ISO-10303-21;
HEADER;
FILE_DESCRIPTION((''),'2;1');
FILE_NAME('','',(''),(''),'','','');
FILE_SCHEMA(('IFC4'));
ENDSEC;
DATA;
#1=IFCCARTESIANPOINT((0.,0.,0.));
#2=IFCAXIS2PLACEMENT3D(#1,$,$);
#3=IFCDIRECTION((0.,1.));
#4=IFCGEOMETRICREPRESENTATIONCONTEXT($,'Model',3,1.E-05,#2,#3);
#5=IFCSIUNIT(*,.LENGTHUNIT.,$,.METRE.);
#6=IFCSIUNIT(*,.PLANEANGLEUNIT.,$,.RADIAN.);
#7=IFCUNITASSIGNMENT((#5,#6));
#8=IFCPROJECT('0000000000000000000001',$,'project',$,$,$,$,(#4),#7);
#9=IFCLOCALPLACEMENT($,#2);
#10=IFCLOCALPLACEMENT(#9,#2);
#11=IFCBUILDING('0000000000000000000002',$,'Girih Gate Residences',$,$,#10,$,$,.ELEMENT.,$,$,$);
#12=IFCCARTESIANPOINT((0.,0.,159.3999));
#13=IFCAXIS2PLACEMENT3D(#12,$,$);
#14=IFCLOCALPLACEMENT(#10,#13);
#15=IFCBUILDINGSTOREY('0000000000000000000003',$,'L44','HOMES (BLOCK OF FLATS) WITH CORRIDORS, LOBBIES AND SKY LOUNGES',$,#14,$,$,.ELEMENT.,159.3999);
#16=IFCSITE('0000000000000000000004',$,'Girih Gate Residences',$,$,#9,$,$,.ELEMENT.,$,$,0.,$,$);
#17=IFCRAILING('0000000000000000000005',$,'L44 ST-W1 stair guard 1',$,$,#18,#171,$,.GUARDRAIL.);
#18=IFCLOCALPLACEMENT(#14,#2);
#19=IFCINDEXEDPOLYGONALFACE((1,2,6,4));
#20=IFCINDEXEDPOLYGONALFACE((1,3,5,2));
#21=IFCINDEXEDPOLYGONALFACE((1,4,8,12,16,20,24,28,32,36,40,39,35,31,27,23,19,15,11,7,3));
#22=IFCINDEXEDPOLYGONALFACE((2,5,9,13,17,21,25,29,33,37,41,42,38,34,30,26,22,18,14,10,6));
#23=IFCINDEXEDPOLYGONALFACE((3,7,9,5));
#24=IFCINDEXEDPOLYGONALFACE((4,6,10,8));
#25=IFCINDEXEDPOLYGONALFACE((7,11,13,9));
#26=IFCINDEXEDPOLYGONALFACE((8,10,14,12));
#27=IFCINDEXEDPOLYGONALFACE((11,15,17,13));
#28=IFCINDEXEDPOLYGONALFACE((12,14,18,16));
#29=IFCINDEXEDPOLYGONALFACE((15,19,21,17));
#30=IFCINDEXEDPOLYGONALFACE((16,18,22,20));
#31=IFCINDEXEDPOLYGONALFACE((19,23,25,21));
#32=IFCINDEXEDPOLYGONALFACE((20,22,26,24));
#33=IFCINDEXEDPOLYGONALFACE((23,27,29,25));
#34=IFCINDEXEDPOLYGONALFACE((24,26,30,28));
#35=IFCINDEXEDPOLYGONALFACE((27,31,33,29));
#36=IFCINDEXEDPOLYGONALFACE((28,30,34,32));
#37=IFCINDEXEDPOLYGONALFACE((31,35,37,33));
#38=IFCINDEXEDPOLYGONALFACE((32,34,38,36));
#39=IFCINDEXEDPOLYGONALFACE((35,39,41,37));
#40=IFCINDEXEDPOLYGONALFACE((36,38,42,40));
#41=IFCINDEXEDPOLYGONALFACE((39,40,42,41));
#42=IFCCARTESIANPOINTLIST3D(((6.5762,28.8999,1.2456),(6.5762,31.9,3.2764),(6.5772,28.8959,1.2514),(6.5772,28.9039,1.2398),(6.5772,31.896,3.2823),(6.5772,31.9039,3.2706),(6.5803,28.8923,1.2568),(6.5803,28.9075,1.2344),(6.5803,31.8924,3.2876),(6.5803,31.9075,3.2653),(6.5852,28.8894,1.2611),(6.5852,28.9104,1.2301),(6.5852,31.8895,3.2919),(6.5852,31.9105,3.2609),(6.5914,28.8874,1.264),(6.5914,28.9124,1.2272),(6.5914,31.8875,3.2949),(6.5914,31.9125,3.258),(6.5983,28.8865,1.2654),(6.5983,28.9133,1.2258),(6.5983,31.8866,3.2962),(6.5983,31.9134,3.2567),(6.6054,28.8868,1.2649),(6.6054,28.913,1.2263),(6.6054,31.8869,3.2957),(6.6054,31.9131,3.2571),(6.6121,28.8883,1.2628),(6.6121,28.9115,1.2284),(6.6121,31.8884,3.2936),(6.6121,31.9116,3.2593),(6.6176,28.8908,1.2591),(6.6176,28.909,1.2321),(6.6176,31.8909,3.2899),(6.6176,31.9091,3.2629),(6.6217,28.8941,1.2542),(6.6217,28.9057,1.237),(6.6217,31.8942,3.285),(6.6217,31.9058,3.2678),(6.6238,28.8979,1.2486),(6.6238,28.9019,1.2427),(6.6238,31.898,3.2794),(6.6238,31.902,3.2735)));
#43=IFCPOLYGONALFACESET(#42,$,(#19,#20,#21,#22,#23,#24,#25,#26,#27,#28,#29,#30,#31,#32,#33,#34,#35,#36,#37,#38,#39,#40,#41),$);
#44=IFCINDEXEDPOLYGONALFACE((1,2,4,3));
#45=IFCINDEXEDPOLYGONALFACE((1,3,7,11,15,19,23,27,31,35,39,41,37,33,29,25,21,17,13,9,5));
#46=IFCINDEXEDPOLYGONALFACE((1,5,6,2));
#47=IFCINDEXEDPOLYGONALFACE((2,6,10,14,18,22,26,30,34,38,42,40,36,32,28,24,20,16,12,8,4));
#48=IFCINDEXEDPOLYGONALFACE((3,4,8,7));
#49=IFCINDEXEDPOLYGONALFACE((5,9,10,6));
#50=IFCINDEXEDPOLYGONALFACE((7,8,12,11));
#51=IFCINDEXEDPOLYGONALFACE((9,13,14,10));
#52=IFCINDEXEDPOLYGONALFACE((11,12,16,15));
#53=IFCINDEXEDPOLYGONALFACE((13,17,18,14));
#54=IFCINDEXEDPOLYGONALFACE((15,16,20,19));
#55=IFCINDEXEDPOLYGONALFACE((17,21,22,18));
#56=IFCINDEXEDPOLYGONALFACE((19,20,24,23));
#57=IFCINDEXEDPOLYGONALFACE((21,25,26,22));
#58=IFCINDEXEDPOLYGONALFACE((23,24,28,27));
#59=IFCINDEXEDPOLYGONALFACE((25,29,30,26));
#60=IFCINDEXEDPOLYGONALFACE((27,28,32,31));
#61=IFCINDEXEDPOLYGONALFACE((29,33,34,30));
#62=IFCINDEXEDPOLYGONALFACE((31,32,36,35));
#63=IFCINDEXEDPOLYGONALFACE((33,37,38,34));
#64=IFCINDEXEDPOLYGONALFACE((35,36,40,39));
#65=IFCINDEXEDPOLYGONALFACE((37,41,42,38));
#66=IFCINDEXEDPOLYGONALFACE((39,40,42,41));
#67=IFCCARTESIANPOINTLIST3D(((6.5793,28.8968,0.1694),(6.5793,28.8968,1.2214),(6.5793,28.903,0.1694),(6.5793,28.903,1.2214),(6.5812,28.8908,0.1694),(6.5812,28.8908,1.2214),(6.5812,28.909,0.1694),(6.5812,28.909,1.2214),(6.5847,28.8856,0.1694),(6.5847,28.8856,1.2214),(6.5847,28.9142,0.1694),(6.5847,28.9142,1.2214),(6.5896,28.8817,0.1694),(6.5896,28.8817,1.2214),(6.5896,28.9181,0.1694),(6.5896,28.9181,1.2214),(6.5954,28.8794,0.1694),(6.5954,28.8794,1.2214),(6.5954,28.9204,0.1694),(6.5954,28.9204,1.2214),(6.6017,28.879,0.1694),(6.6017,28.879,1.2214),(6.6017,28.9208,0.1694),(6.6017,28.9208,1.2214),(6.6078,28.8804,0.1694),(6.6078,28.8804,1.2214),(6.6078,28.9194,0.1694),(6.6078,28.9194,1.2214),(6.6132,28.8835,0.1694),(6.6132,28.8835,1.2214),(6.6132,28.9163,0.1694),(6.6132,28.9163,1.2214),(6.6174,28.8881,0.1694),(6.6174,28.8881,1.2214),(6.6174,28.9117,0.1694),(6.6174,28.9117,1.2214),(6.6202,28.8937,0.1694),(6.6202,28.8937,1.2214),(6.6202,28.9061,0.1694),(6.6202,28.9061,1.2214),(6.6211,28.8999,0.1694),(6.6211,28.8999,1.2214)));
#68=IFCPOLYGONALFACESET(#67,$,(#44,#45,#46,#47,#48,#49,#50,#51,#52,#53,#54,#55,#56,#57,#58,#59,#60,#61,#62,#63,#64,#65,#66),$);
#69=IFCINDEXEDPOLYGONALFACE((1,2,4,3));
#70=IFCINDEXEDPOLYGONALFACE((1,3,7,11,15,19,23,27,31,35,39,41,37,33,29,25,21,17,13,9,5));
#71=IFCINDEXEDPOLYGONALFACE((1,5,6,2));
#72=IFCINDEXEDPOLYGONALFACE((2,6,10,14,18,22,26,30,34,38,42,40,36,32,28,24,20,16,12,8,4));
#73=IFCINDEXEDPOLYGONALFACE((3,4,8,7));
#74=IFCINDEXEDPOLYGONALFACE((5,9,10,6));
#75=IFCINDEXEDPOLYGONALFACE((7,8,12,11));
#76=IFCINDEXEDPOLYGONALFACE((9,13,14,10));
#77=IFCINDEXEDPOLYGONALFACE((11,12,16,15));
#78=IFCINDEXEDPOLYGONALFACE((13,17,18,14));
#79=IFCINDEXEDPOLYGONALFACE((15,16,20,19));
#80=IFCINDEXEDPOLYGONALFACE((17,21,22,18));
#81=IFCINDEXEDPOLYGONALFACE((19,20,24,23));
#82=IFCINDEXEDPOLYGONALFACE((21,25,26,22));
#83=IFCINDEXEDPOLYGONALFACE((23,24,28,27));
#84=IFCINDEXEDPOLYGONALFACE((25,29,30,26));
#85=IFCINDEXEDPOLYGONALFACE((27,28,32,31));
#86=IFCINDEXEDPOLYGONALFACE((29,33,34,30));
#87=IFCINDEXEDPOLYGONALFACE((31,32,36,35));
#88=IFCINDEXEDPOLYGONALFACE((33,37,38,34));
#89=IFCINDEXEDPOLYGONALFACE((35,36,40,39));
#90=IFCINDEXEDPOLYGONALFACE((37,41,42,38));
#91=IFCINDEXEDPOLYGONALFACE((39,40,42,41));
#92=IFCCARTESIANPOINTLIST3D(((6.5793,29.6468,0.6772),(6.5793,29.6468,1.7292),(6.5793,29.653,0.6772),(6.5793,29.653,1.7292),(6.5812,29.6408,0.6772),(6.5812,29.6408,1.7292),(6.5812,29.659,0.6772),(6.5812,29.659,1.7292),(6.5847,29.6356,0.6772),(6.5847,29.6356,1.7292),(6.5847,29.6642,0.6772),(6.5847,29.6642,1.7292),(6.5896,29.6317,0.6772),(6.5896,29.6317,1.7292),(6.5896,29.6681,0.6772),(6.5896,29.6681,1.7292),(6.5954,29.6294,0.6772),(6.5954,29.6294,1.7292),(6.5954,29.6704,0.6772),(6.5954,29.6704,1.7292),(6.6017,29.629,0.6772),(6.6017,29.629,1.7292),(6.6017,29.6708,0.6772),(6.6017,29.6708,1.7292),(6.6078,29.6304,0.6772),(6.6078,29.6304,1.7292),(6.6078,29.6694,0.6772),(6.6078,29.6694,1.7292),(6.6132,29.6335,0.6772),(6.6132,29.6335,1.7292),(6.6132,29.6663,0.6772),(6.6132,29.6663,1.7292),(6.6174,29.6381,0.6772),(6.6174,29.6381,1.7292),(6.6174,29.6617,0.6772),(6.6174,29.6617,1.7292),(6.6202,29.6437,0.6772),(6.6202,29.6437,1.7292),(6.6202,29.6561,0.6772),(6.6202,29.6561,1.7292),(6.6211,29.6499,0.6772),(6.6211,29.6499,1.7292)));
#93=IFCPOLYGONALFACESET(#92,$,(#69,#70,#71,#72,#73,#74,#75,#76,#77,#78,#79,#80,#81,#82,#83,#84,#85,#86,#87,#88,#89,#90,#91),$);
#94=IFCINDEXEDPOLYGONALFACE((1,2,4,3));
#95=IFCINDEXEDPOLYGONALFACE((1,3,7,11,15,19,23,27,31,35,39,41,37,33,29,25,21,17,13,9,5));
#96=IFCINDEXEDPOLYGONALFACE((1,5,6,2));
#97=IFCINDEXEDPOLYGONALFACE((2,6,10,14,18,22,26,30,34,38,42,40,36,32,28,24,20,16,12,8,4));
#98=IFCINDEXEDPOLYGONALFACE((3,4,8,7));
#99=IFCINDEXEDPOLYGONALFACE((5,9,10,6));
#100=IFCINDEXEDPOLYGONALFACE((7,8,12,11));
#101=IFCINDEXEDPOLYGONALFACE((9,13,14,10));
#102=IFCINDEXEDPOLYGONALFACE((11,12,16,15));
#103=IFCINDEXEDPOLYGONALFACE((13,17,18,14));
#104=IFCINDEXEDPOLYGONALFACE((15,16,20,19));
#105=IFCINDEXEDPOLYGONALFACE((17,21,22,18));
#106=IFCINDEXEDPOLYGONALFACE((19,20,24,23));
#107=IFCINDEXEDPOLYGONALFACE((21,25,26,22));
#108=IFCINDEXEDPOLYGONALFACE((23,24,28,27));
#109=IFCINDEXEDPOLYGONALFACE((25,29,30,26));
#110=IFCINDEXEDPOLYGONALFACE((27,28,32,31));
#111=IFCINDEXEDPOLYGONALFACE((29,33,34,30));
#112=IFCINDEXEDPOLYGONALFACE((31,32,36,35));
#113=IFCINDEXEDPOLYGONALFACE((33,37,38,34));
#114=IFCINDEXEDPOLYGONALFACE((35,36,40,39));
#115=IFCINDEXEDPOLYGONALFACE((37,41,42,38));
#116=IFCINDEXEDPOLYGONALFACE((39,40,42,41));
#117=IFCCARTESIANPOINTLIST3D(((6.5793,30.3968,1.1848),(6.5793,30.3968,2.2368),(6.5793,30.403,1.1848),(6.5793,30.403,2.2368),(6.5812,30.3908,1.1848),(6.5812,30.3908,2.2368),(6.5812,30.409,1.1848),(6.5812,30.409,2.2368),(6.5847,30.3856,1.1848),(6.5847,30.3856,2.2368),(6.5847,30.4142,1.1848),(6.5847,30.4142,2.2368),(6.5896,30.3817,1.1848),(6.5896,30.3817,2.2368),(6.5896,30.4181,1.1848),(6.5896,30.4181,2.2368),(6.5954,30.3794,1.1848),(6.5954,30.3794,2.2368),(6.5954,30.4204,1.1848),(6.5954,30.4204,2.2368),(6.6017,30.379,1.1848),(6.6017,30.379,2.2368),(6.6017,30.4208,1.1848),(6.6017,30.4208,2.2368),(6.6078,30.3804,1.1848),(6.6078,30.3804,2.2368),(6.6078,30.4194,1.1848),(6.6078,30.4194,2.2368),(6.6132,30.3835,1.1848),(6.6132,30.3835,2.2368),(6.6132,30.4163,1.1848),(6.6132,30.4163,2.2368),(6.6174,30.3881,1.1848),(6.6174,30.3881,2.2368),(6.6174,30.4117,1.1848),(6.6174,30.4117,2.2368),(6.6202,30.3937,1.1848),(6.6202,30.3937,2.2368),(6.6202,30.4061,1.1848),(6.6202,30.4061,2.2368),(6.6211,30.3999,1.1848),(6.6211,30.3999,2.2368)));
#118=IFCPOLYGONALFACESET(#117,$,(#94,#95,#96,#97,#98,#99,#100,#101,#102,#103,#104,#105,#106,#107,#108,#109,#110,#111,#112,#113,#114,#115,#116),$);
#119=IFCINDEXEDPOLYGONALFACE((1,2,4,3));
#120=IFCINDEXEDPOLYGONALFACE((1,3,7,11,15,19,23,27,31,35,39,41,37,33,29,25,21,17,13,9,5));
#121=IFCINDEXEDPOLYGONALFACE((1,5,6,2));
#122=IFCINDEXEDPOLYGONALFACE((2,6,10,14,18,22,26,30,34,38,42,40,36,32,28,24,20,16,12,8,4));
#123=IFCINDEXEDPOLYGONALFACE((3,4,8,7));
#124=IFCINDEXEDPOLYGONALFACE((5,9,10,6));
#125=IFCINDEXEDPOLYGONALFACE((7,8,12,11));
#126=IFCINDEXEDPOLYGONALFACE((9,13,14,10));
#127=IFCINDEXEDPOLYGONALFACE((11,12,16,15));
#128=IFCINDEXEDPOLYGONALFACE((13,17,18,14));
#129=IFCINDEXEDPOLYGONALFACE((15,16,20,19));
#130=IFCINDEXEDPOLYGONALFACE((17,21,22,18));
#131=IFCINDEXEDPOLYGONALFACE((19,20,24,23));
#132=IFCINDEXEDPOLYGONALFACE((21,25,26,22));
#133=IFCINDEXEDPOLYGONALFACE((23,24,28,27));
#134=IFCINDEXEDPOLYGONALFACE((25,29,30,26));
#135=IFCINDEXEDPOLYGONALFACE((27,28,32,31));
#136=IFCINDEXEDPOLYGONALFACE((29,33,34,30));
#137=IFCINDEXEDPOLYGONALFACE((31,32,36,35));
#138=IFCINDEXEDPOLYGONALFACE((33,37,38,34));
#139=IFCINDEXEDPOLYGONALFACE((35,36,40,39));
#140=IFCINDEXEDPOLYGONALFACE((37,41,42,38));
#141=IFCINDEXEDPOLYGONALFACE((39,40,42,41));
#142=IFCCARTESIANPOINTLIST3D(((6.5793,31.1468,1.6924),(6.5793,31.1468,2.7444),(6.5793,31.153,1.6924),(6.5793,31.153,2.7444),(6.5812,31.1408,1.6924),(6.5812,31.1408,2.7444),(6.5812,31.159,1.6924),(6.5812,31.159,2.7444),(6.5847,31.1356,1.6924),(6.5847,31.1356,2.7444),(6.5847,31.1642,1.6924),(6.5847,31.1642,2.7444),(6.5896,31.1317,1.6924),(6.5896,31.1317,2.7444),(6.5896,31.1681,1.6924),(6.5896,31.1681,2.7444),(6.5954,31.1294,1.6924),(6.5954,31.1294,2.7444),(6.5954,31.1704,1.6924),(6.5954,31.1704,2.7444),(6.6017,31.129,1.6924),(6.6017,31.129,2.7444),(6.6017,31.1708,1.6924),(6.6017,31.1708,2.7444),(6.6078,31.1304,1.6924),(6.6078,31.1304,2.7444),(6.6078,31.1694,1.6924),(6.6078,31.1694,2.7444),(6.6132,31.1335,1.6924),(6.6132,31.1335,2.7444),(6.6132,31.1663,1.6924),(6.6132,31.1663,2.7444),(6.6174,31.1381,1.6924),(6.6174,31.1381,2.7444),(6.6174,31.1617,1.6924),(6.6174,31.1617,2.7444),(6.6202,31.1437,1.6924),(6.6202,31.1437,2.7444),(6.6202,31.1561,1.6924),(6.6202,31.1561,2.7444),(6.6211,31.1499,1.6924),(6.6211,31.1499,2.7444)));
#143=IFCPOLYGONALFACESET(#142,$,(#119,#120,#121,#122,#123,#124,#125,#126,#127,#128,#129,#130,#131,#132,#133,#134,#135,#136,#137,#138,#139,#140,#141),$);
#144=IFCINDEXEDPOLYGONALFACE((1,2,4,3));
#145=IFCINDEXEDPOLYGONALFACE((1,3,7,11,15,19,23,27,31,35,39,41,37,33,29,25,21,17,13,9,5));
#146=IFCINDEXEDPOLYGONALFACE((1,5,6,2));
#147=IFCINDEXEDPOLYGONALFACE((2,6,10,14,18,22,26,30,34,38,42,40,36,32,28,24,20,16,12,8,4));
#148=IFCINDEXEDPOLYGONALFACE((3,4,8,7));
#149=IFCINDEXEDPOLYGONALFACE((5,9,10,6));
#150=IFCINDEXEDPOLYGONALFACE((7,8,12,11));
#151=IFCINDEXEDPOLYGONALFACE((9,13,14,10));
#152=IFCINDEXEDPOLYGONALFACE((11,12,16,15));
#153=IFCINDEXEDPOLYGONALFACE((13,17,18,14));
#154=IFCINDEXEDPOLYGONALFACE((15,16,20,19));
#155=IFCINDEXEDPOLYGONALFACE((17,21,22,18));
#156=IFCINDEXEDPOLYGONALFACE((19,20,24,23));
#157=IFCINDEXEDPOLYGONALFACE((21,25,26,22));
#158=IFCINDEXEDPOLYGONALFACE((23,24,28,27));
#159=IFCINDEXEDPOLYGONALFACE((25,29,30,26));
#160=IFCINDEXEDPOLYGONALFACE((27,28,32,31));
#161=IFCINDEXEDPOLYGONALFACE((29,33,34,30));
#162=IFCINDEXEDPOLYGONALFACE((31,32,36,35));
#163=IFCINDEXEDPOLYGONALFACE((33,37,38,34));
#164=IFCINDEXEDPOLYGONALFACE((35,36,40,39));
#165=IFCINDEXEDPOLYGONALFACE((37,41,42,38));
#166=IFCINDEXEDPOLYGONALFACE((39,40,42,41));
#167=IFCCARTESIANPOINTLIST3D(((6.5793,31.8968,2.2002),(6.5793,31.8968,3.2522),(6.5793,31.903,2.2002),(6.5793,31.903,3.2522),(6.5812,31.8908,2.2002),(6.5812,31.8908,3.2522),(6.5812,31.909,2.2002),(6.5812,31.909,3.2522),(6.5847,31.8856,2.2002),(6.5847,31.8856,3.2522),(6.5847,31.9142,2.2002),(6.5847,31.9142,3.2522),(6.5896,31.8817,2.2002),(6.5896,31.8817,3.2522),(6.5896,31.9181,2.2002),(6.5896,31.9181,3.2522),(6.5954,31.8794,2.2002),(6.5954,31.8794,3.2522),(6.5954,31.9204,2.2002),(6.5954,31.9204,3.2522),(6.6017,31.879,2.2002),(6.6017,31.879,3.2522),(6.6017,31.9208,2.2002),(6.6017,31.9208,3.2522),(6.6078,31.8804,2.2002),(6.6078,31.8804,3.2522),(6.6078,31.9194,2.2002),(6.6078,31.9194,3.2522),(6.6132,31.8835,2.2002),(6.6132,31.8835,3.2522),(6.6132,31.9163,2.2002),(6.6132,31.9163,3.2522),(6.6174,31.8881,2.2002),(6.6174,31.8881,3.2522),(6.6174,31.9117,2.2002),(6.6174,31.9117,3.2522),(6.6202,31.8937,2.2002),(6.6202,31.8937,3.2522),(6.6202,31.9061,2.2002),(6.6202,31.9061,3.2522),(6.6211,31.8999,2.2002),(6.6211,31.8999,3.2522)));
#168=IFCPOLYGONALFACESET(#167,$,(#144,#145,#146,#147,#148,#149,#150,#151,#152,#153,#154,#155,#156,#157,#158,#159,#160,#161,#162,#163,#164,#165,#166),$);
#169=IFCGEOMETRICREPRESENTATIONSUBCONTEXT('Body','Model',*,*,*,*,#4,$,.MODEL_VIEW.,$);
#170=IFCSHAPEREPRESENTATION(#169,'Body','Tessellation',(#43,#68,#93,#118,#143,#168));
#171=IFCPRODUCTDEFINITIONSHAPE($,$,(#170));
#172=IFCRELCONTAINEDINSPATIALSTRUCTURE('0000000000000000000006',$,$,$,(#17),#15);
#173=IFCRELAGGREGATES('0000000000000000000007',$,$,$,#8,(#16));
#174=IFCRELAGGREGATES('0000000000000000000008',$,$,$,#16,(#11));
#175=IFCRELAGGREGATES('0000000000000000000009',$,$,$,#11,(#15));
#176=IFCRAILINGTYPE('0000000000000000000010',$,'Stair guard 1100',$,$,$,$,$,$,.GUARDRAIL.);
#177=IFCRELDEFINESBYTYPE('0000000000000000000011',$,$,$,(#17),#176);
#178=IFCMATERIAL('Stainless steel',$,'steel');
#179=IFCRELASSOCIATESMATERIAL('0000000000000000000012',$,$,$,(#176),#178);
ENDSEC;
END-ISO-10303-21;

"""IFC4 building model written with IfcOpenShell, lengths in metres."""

from ifc_helpers import new_model, si_unit, direction, frame, origin, origin_2d, place, context, subcontext, project, spatial, circle, extrude, material, type_object, element, save


model = new_model("IFC4")

# Units and contexts
model_context = context("Model", 3, precision=1e-05, world=origin(), true_north=direction((0.0, 1.0)))
body_context = subcontext(model_context, "Body", "Model", "MODEL_VIEW")
ifc_project = project(units=[si_unit("LENGTHUNIT", "METRE"), si_unit("PLANEANGLEUNIT", "RADIAN")], contexts=[model_context])

# Site, building, storey
site_placement = place(None, origin())
site = spatial("IfcSite", under=ifc_project, at=site_placement, Name="Girih Gate Residences", CompositionType="ELEMENT", RefElevation=0.0)
building_placement = place(site_placement, origin())
building = spatial("IfcBuilding", under=site, at=building_placement, Name="Girih Gate Residences", CompositionType="ELEMENT")
storey_placement = place(building_placement, frame((0.0, 0.0, 159.3999)))
storey = spatial("IfcBuildingStorey", under=building, at=storey_placement, Name="L44", Description="HOMES (BLOCK OF FLATS) WITH CORRIDORS, LOBBIES AND SKY LOUNGES", CompositionType="ELEMENT", Elevation=159.3999)

# Railing
ifc_material_1 = material(Name="Stainless steel", Category="steel")
railing_type_1 = type_object("IfcRailingType", Name="Stair guard 1100", PredefinedType="GUARDRAIL", material=ifc_material_1)
railing_1_placement = place(storey_placement, frame((6.6001, 28.8999, 0.1694)))
element("IfcRailing", 1, at=railing_1_placement, inside=storey, type_object=railing_type_1, Name="L44 ST-W1 stair guard 1", PredefinedType="GUARDRAIL", context=body_context, shape_type="SweptSolid", body=[
    extrude(circle(Radius=0.0239, at=origin_2d()), frame((0.0, 0.0, 1.0762), z_axis=(0.0, 0.82811, 0.560565), x_axis=(-1.0, 0.0, 0.0)), (0.0, 0.0, 1.0), 3.6228),
    extrude(circle(Radius=0.021, at=origin_2d()), origin(), (0.0, 0.0, 1.0), 1.052),
    extrude(circle(Radius=0.021, at=origin_2d()), frame((0.0, 0.75, 0.5078)), (0.0, 0.0, 1.0), 1.052),
    extrude(circle(Radius=0.021, at=origin_2d()), frame((0.0, 1.5, 1.0154)), (0.0, 0.0, 1.0), 1.052),
    extrude(circle(Radius=0.021, at=origin_2d()), frame((0.0, 2.25, 1.5229)), (0.0, 0.0, 1.0), 1.052),
    extrude(circle(Radius=0.021, at=origin_2d()), frame((0.0, 3.0, 2.0308)), (0.0, 0.0, 1.0), 1.052),
])

save(model, "model.ifc")
